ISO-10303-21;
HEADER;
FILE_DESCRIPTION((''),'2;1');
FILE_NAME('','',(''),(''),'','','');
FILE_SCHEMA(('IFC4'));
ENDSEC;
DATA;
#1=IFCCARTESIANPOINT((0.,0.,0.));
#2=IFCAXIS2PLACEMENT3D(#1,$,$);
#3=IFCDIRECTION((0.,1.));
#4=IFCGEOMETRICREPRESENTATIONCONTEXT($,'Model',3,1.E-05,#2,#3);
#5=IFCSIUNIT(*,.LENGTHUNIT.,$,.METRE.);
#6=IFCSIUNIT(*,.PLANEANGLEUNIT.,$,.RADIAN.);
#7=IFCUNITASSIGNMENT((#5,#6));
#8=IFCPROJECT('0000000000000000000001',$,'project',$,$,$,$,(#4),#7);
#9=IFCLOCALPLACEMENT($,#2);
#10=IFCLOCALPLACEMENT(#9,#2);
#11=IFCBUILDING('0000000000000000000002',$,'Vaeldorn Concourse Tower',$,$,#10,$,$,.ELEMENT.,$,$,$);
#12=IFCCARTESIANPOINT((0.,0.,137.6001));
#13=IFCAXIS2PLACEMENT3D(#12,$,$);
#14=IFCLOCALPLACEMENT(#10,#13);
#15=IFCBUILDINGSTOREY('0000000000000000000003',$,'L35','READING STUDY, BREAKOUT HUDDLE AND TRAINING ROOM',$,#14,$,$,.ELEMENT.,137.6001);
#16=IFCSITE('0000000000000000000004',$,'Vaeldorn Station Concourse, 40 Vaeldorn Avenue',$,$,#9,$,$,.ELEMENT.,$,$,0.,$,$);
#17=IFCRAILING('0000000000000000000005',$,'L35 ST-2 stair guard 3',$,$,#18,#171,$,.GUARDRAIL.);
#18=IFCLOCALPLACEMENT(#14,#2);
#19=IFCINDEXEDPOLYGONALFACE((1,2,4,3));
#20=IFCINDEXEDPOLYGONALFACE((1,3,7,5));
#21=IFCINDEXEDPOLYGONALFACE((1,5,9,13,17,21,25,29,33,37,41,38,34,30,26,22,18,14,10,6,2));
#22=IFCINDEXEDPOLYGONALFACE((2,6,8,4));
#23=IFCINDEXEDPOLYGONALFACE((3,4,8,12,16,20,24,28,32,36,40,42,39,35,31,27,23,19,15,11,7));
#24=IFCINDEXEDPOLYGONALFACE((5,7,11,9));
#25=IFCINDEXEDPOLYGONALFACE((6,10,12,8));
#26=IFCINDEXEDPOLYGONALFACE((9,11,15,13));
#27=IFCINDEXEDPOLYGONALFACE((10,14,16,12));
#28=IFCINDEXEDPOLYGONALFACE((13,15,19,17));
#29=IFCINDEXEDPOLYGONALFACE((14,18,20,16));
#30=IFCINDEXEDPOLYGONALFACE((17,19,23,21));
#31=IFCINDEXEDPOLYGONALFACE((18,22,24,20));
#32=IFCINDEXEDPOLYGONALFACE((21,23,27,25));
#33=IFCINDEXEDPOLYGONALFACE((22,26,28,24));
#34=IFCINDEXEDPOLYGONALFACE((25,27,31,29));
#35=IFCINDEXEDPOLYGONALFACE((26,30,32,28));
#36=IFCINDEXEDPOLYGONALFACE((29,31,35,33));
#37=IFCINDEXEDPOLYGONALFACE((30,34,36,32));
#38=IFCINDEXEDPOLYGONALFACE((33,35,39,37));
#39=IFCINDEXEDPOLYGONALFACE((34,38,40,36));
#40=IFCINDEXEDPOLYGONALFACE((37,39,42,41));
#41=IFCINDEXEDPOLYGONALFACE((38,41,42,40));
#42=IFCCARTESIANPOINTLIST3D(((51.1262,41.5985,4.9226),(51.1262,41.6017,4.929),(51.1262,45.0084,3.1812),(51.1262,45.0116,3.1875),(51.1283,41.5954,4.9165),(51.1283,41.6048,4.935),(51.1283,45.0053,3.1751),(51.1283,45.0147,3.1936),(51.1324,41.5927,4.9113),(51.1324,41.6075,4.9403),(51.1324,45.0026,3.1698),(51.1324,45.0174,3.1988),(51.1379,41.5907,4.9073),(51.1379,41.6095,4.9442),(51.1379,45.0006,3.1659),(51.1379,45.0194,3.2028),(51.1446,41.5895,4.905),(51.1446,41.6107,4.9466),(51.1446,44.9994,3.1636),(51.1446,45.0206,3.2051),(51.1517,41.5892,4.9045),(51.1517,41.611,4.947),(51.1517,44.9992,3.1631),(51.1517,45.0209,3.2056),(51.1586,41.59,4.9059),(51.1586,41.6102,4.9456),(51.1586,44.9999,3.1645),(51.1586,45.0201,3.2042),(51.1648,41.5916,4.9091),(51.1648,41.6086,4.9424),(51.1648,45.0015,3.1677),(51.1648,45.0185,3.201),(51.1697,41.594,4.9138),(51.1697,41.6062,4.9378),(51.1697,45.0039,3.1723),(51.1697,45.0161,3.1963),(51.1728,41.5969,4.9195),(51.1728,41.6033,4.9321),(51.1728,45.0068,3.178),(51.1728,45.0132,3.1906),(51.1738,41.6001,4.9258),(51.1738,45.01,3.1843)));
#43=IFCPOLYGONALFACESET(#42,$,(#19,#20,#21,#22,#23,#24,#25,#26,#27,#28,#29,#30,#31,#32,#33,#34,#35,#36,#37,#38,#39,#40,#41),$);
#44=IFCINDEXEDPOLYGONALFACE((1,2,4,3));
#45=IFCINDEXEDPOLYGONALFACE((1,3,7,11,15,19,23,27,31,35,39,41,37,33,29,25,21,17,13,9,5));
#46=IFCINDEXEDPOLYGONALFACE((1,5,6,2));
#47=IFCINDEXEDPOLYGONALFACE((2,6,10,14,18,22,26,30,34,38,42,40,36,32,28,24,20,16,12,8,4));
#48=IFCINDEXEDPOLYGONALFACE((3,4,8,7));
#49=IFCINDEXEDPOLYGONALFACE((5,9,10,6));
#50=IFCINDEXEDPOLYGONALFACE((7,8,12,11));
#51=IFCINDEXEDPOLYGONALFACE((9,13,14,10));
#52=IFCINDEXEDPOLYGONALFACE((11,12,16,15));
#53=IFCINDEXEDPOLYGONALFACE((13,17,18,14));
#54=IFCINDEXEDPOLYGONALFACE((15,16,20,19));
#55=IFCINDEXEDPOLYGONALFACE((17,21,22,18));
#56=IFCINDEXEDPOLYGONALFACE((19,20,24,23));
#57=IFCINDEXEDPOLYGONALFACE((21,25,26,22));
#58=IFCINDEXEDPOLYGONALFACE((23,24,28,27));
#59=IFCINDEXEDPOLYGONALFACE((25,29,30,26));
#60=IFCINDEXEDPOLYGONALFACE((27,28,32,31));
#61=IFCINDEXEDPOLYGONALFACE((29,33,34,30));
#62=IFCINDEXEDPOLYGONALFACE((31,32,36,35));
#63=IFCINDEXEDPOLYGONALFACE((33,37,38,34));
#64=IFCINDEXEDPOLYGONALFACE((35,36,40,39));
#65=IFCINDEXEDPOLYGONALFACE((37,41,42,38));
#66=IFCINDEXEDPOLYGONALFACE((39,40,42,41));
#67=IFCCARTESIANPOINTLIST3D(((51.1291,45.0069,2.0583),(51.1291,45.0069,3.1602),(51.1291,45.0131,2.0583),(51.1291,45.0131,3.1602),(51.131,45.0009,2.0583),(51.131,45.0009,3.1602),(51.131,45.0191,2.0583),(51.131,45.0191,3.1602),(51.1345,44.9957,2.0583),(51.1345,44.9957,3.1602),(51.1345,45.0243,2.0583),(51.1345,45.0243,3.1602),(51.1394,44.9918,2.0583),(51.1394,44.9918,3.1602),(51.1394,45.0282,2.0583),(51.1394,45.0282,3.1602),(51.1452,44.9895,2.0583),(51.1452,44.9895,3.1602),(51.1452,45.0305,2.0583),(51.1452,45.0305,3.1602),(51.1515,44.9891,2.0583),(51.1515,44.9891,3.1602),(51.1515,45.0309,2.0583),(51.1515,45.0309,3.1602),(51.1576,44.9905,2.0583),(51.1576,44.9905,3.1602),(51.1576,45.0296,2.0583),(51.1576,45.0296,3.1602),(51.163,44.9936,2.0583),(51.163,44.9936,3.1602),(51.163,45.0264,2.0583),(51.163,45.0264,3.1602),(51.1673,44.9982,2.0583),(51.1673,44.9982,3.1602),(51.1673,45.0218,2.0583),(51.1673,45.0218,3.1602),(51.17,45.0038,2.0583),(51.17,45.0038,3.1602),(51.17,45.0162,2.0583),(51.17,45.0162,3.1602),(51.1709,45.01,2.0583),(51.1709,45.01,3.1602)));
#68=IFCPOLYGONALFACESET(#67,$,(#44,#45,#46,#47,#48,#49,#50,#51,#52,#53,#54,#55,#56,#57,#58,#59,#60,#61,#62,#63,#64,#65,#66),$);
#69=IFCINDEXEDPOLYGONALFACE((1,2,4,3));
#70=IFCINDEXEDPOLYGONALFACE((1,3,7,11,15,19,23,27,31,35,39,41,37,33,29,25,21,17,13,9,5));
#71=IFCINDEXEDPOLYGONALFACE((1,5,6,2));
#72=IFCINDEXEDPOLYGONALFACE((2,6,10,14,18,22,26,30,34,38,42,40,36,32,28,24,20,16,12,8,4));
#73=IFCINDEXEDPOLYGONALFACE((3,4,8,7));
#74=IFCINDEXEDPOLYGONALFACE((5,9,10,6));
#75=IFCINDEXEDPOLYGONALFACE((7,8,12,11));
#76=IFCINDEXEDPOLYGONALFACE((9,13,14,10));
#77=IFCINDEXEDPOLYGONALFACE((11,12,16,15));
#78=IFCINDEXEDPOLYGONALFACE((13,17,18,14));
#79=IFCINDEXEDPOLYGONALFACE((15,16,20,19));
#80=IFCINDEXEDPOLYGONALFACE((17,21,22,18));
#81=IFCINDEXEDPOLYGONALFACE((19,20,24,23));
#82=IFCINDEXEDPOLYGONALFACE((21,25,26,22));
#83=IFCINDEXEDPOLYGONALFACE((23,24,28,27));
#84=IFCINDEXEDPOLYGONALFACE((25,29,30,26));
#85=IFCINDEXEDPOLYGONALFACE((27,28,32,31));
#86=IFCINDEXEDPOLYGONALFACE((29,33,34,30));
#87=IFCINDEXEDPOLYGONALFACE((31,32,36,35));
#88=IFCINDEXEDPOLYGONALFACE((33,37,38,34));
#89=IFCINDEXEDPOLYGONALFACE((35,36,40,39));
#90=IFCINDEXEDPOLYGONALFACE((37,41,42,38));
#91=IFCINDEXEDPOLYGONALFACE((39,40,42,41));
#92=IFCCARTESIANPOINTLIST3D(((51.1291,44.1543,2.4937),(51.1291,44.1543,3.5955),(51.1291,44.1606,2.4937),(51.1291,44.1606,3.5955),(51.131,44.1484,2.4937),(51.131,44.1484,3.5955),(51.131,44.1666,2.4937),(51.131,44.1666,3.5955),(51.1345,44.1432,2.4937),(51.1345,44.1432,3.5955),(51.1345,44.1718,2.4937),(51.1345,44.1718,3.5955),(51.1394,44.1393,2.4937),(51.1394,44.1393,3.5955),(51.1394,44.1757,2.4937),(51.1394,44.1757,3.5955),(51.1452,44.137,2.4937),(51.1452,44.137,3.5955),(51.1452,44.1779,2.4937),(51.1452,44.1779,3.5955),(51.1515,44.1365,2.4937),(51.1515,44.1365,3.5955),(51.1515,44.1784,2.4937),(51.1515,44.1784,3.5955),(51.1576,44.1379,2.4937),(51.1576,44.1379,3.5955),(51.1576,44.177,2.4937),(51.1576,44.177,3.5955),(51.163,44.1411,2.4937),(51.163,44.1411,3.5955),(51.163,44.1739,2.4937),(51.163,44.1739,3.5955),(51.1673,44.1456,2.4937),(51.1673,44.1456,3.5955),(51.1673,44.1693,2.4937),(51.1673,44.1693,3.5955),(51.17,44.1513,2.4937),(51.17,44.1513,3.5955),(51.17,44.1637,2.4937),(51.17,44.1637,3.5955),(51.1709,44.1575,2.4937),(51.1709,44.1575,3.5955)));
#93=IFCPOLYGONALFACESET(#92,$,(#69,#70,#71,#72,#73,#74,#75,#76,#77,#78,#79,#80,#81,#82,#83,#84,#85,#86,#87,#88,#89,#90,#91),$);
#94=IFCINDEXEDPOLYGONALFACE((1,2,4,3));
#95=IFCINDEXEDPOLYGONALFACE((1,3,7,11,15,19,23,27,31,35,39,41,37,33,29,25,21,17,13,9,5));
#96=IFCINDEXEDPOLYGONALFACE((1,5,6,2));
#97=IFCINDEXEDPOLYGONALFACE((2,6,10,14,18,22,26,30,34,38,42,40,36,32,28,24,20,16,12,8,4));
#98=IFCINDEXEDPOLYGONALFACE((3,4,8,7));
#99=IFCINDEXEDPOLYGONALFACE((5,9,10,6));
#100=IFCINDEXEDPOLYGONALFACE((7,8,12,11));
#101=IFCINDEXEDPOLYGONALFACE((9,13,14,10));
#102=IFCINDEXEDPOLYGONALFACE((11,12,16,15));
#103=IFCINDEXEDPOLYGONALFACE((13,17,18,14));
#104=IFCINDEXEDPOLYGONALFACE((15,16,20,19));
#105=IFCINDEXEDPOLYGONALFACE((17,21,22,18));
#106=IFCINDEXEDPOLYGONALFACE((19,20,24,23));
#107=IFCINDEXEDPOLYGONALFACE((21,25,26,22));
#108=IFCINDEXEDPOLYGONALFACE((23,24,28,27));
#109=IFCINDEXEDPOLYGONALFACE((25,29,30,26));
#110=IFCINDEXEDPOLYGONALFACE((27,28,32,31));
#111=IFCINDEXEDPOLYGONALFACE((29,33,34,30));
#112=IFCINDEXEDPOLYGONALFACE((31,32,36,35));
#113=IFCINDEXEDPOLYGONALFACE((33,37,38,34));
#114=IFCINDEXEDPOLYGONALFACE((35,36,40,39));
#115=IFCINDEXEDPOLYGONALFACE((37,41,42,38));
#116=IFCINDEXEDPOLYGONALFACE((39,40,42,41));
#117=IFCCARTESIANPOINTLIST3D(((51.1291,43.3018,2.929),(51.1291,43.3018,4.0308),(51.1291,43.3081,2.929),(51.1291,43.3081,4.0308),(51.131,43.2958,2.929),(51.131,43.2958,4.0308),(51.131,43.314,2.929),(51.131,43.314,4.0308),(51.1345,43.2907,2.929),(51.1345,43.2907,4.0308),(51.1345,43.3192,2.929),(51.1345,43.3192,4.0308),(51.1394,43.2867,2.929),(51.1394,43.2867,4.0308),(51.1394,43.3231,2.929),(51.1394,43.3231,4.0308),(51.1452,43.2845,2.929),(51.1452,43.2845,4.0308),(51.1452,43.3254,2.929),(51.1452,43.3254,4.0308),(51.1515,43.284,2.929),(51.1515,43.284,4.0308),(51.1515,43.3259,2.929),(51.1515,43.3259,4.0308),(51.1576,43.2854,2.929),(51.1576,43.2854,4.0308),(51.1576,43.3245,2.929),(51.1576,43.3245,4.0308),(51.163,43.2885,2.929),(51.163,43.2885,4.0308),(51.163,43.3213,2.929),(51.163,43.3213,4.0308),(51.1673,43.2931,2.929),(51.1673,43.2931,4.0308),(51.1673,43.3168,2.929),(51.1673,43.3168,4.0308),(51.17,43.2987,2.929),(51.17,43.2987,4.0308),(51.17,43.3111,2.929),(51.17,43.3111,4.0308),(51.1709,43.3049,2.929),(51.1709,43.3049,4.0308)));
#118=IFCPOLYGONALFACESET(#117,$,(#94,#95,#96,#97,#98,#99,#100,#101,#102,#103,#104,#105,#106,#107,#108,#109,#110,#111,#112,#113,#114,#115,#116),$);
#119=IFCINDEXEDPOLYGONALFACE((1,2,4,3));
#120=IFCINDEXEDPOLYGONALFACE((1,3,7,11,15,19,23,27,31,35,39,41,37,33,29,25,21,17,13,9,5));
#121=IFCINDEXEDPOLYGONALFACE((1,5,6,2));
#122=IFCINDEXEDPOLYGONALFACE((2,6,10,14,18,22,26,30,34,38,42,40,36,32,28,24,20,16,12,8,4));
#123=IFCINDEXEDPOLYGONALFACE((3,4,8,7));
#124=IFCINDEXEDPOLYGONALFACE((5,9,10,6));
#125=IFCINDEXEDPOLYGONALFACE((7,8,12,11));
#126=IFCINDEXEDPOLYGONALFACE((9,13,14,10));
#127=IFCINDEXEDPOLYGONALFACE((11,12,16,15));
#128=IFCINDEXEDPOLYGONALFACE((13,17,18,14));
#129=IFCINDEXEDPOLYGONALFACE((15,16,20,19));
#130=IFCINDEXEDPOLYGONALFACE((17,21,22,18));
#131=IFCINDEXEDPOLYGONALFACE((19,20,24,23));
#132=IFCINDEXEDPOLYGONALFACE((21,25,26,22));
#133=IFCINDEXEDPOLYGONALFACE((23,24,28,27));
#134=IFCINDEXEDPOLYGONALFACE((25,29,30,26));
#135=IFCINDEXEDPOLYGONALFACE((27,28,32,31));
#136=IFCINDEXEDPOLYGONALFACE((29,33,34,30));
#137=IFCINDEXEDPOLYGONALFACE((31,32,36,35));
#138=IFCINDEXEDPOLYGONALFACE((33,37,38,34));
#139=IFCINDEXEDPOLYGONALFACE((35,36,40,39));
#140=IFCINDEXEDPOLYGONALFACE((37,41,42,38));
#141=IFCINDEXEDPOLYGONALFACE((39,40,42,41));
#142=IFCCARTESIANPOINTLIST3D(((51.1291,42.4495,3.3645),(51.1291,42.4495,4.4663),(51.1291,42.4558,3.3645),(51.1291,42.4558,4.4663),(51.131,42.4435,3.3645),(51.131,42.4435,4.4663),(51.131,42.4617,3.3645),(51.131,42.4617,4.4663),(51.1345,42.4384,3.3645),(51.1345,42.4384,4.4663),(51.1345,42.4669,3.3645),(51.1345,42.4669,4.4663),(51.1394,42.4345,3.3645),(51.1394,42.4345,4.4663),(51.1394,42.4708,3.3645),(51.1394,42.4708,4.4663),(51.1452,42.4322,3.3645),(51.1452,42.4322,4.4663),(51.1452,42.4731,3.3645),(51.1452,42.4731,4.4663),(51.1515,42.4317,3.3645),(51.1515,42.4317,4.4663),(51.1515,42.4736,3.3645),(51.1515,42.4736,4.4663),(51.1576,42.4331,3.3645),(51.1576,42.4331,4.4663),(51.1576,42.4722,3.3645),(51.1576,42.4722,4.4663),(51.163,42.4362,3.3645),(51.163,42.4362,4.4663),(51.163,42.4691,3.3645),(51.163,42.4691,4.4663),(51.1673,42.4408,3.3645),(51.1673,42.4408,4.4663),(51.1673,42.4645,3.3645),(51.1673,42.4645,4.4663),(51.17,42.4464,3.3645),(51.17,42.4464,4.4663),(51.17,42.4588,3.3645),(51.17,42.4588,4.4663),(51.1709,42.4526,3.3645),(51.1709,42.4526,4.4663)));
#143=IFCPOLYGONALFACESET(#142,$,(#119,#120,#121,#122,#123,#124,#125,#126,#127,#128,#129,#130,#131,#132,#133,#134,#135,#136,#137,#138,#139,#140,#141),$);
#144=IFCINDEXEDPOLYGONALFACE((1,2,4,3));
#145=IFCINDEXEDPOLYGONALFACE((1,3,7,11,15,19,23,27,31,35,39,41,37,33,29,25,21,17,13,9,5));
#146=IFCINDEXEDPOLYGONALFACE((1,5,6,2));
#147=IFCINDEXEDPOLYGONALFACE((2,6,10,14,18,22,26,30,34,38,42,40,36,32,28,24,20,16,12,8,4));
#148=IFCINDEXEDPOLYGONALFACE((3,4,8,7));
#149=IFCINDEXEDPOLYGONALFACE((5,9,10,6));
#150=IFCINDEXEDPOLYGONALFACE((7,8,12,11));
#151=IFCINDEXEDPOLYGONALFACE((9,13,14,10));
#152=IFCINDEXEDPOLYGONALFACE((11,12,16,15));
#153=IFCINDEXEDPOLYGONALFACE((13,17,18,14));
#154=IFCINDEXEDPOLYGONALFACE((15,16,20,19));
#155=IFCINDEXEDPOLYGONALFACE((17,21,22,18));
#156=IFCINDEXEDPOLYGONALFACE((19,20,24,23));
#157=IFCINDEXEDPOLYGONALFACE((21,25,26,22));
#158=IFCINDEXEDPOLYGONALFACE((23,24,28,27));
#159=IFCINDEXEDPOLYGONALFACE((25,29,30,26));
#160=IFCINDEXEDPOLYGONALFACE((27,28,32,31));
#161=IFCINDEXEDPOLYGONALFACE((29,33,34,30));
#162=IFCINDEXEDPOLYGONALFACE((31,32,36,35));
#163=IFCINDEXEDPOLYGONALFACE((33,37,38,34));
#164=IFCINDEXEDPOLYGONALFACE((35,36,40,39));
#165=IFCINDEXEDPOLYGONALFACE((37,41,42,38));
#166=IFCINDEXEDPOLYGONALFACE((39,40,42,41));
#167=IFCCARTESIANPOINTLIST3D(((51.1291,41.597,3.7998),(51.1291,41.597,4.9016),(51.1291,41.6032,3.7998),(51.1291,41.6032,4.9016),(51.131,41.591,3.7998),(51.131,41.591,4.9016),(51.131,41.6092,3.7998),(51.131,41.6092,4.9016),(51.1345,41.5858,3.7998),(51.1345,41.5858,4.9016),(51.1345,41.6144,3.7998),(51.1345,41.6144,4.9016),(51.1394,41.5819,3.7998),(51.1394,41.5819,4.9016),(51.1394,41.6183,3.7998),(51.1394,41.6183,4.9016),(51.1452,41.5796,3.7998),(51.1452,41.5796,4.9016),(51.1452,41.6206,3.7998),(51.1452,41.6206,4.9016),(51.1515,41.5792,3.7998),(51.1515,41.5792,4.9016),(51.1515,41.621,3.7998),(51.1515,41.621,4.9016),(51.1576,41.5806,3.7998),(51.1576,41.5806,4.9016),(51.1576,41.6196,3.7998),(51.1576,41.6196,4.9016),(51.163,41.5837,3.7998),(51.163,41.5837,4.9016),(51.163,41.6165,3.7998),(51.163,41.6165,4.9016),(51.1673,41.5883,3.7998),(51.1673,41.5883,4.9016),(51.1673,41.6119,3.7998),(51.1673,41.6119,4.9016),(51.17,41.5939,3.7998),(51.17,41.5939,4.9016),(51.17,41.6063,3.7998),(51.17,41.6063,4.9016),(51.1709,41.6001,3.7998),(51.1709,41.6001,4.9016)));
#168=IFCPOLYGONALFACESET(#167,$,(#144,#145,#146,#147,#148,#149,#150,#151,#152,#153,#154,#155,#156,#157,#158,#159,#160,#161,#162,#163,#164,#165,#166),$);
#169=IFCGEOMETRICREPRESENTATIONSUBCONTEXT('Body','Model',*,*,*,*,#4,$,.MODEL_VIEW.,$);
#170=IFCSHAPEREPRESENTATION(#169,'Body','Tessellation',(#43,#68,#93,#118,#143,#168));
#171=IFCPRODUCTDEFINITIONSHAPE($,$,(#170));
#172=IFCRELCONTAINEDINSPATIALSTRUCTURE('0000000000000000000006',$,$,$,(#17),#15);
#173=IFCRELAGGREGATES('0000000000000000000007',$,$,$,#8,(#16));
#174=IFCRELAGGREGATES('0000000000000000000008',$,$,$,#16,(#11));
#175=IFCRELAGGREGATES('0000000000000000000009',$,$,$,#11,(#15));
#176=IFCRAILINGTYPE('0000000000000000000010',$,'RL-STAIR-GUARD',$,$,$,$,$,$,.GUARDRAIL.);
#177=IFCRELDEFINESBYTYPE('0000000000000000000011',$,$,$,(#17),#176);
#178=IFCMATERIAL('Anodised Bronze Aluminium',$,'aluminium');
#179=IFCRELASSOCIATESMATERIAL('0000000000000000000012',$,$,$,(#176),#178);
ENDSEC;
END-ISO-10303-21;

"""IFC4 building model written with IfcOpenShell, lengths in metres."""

from ifc_helpers import new_model, si_unit, direction, frame, origin, origin_2d, place, context, subcontext, project, spatial, circle, extrude, material, type_object, element, save


model = new_model("IFC4")

# Units and contexts
model_context = context("Model", 3, precision=1e-05, world=origin(), true_north=direction((0.0, 1.0)))
body_context = subcontext(model_context, "Body", "Model", "MODEL_VIEW")
ifc_project = project(units=[si_unit("LENGTHUNIT", "METRE"), si_unit("PLANEANGLEUNIT", "RADIAN")], contexts=[model_context])

# Site, building, storey
site_placement = place(None, origin())
site = spatial("IfcSite", under=ifc_project, at=site_placement, Name="Vaeldorn Station Concourse, 40 Vaeldorn Avenue", CompositionType="ELEMENT", RefElevation=0.0)
building_placement = place(site_placement, origin())
building = spatial("IfcBuilding", under=site, at=building_placement, Name="Vaeldorn Concourse Tower", CompositionType="ELEMENT")
storey_placement = place(building_placement, frame((0.0, 0.0, 137.6001)))
storey = spatial("IfcBuildingStorey", under=building, at=storey_placement, Name="L35", Description="READING STUDY, BREAKOUT HUDDLE AND TRAINING ROOM", CompositionType="ELEMENT", Elevation=137.6001)

# Shared definitions
ifc_material_1 = material(Name="Anodised Bronze Aluminium", Category="aluminium")

# Railing
railing_type_1 = type_object("IfcRailingType", Name="RL-STAIR-GUARD", PredefinedType="GUARDRAIL", material=ifc_material_1)
railing_1_placement = place(storey_placement, frame((51.1499, 45.01, 2.0583)))
element("IfcRailing", 1, at=railing_1_placement, inside=storey, type_object=railing_type_1, Name="L35 ST-2 stair guard 3", PredefinedType="GUARDRAIL", context=body_context, shape_type="SweptSolid", body=[
    extrude(circle(Radius=0.0239, at=origin_2d()), frame((0.0, 0.0, 1.126), z_axis=(0.0, -0.890582, 0.454823), x_axis=(1.0, 0.0, 0.0)), (0.0, 0.0, 1.0), 3.8289),
    extrude(circle(Radius=0.021, at=origin_2d()), origin(), (0.0, 0.0, 1.0), 1.1018),
    extrude(circle(Radius=0.021, at=origin_2d()), frame((0.0, -0.8525, 0.4353)), (0.0, 0.0, 1.0), 1.1018),
    extrude(circle(Radius=0.021, at=origin_2d()), frame((0.0, -1.7051, 0.8706)), (0.0, 0.0, 1.0), 1.1018),
    extrude(circle(Radius=0.021, at=origin_2d()), frame((0.0, -2.5574, 1.3062)), (0.0, 0.0, 1.0), 1.1018),
    extrude(circle(Radius=0.021, at=origin_2d()), frame((0.0, -3.4099, 1.7415)), (0.0, 0.0, 1.0), 1.1018),
])

save(model, "model.ifc")
